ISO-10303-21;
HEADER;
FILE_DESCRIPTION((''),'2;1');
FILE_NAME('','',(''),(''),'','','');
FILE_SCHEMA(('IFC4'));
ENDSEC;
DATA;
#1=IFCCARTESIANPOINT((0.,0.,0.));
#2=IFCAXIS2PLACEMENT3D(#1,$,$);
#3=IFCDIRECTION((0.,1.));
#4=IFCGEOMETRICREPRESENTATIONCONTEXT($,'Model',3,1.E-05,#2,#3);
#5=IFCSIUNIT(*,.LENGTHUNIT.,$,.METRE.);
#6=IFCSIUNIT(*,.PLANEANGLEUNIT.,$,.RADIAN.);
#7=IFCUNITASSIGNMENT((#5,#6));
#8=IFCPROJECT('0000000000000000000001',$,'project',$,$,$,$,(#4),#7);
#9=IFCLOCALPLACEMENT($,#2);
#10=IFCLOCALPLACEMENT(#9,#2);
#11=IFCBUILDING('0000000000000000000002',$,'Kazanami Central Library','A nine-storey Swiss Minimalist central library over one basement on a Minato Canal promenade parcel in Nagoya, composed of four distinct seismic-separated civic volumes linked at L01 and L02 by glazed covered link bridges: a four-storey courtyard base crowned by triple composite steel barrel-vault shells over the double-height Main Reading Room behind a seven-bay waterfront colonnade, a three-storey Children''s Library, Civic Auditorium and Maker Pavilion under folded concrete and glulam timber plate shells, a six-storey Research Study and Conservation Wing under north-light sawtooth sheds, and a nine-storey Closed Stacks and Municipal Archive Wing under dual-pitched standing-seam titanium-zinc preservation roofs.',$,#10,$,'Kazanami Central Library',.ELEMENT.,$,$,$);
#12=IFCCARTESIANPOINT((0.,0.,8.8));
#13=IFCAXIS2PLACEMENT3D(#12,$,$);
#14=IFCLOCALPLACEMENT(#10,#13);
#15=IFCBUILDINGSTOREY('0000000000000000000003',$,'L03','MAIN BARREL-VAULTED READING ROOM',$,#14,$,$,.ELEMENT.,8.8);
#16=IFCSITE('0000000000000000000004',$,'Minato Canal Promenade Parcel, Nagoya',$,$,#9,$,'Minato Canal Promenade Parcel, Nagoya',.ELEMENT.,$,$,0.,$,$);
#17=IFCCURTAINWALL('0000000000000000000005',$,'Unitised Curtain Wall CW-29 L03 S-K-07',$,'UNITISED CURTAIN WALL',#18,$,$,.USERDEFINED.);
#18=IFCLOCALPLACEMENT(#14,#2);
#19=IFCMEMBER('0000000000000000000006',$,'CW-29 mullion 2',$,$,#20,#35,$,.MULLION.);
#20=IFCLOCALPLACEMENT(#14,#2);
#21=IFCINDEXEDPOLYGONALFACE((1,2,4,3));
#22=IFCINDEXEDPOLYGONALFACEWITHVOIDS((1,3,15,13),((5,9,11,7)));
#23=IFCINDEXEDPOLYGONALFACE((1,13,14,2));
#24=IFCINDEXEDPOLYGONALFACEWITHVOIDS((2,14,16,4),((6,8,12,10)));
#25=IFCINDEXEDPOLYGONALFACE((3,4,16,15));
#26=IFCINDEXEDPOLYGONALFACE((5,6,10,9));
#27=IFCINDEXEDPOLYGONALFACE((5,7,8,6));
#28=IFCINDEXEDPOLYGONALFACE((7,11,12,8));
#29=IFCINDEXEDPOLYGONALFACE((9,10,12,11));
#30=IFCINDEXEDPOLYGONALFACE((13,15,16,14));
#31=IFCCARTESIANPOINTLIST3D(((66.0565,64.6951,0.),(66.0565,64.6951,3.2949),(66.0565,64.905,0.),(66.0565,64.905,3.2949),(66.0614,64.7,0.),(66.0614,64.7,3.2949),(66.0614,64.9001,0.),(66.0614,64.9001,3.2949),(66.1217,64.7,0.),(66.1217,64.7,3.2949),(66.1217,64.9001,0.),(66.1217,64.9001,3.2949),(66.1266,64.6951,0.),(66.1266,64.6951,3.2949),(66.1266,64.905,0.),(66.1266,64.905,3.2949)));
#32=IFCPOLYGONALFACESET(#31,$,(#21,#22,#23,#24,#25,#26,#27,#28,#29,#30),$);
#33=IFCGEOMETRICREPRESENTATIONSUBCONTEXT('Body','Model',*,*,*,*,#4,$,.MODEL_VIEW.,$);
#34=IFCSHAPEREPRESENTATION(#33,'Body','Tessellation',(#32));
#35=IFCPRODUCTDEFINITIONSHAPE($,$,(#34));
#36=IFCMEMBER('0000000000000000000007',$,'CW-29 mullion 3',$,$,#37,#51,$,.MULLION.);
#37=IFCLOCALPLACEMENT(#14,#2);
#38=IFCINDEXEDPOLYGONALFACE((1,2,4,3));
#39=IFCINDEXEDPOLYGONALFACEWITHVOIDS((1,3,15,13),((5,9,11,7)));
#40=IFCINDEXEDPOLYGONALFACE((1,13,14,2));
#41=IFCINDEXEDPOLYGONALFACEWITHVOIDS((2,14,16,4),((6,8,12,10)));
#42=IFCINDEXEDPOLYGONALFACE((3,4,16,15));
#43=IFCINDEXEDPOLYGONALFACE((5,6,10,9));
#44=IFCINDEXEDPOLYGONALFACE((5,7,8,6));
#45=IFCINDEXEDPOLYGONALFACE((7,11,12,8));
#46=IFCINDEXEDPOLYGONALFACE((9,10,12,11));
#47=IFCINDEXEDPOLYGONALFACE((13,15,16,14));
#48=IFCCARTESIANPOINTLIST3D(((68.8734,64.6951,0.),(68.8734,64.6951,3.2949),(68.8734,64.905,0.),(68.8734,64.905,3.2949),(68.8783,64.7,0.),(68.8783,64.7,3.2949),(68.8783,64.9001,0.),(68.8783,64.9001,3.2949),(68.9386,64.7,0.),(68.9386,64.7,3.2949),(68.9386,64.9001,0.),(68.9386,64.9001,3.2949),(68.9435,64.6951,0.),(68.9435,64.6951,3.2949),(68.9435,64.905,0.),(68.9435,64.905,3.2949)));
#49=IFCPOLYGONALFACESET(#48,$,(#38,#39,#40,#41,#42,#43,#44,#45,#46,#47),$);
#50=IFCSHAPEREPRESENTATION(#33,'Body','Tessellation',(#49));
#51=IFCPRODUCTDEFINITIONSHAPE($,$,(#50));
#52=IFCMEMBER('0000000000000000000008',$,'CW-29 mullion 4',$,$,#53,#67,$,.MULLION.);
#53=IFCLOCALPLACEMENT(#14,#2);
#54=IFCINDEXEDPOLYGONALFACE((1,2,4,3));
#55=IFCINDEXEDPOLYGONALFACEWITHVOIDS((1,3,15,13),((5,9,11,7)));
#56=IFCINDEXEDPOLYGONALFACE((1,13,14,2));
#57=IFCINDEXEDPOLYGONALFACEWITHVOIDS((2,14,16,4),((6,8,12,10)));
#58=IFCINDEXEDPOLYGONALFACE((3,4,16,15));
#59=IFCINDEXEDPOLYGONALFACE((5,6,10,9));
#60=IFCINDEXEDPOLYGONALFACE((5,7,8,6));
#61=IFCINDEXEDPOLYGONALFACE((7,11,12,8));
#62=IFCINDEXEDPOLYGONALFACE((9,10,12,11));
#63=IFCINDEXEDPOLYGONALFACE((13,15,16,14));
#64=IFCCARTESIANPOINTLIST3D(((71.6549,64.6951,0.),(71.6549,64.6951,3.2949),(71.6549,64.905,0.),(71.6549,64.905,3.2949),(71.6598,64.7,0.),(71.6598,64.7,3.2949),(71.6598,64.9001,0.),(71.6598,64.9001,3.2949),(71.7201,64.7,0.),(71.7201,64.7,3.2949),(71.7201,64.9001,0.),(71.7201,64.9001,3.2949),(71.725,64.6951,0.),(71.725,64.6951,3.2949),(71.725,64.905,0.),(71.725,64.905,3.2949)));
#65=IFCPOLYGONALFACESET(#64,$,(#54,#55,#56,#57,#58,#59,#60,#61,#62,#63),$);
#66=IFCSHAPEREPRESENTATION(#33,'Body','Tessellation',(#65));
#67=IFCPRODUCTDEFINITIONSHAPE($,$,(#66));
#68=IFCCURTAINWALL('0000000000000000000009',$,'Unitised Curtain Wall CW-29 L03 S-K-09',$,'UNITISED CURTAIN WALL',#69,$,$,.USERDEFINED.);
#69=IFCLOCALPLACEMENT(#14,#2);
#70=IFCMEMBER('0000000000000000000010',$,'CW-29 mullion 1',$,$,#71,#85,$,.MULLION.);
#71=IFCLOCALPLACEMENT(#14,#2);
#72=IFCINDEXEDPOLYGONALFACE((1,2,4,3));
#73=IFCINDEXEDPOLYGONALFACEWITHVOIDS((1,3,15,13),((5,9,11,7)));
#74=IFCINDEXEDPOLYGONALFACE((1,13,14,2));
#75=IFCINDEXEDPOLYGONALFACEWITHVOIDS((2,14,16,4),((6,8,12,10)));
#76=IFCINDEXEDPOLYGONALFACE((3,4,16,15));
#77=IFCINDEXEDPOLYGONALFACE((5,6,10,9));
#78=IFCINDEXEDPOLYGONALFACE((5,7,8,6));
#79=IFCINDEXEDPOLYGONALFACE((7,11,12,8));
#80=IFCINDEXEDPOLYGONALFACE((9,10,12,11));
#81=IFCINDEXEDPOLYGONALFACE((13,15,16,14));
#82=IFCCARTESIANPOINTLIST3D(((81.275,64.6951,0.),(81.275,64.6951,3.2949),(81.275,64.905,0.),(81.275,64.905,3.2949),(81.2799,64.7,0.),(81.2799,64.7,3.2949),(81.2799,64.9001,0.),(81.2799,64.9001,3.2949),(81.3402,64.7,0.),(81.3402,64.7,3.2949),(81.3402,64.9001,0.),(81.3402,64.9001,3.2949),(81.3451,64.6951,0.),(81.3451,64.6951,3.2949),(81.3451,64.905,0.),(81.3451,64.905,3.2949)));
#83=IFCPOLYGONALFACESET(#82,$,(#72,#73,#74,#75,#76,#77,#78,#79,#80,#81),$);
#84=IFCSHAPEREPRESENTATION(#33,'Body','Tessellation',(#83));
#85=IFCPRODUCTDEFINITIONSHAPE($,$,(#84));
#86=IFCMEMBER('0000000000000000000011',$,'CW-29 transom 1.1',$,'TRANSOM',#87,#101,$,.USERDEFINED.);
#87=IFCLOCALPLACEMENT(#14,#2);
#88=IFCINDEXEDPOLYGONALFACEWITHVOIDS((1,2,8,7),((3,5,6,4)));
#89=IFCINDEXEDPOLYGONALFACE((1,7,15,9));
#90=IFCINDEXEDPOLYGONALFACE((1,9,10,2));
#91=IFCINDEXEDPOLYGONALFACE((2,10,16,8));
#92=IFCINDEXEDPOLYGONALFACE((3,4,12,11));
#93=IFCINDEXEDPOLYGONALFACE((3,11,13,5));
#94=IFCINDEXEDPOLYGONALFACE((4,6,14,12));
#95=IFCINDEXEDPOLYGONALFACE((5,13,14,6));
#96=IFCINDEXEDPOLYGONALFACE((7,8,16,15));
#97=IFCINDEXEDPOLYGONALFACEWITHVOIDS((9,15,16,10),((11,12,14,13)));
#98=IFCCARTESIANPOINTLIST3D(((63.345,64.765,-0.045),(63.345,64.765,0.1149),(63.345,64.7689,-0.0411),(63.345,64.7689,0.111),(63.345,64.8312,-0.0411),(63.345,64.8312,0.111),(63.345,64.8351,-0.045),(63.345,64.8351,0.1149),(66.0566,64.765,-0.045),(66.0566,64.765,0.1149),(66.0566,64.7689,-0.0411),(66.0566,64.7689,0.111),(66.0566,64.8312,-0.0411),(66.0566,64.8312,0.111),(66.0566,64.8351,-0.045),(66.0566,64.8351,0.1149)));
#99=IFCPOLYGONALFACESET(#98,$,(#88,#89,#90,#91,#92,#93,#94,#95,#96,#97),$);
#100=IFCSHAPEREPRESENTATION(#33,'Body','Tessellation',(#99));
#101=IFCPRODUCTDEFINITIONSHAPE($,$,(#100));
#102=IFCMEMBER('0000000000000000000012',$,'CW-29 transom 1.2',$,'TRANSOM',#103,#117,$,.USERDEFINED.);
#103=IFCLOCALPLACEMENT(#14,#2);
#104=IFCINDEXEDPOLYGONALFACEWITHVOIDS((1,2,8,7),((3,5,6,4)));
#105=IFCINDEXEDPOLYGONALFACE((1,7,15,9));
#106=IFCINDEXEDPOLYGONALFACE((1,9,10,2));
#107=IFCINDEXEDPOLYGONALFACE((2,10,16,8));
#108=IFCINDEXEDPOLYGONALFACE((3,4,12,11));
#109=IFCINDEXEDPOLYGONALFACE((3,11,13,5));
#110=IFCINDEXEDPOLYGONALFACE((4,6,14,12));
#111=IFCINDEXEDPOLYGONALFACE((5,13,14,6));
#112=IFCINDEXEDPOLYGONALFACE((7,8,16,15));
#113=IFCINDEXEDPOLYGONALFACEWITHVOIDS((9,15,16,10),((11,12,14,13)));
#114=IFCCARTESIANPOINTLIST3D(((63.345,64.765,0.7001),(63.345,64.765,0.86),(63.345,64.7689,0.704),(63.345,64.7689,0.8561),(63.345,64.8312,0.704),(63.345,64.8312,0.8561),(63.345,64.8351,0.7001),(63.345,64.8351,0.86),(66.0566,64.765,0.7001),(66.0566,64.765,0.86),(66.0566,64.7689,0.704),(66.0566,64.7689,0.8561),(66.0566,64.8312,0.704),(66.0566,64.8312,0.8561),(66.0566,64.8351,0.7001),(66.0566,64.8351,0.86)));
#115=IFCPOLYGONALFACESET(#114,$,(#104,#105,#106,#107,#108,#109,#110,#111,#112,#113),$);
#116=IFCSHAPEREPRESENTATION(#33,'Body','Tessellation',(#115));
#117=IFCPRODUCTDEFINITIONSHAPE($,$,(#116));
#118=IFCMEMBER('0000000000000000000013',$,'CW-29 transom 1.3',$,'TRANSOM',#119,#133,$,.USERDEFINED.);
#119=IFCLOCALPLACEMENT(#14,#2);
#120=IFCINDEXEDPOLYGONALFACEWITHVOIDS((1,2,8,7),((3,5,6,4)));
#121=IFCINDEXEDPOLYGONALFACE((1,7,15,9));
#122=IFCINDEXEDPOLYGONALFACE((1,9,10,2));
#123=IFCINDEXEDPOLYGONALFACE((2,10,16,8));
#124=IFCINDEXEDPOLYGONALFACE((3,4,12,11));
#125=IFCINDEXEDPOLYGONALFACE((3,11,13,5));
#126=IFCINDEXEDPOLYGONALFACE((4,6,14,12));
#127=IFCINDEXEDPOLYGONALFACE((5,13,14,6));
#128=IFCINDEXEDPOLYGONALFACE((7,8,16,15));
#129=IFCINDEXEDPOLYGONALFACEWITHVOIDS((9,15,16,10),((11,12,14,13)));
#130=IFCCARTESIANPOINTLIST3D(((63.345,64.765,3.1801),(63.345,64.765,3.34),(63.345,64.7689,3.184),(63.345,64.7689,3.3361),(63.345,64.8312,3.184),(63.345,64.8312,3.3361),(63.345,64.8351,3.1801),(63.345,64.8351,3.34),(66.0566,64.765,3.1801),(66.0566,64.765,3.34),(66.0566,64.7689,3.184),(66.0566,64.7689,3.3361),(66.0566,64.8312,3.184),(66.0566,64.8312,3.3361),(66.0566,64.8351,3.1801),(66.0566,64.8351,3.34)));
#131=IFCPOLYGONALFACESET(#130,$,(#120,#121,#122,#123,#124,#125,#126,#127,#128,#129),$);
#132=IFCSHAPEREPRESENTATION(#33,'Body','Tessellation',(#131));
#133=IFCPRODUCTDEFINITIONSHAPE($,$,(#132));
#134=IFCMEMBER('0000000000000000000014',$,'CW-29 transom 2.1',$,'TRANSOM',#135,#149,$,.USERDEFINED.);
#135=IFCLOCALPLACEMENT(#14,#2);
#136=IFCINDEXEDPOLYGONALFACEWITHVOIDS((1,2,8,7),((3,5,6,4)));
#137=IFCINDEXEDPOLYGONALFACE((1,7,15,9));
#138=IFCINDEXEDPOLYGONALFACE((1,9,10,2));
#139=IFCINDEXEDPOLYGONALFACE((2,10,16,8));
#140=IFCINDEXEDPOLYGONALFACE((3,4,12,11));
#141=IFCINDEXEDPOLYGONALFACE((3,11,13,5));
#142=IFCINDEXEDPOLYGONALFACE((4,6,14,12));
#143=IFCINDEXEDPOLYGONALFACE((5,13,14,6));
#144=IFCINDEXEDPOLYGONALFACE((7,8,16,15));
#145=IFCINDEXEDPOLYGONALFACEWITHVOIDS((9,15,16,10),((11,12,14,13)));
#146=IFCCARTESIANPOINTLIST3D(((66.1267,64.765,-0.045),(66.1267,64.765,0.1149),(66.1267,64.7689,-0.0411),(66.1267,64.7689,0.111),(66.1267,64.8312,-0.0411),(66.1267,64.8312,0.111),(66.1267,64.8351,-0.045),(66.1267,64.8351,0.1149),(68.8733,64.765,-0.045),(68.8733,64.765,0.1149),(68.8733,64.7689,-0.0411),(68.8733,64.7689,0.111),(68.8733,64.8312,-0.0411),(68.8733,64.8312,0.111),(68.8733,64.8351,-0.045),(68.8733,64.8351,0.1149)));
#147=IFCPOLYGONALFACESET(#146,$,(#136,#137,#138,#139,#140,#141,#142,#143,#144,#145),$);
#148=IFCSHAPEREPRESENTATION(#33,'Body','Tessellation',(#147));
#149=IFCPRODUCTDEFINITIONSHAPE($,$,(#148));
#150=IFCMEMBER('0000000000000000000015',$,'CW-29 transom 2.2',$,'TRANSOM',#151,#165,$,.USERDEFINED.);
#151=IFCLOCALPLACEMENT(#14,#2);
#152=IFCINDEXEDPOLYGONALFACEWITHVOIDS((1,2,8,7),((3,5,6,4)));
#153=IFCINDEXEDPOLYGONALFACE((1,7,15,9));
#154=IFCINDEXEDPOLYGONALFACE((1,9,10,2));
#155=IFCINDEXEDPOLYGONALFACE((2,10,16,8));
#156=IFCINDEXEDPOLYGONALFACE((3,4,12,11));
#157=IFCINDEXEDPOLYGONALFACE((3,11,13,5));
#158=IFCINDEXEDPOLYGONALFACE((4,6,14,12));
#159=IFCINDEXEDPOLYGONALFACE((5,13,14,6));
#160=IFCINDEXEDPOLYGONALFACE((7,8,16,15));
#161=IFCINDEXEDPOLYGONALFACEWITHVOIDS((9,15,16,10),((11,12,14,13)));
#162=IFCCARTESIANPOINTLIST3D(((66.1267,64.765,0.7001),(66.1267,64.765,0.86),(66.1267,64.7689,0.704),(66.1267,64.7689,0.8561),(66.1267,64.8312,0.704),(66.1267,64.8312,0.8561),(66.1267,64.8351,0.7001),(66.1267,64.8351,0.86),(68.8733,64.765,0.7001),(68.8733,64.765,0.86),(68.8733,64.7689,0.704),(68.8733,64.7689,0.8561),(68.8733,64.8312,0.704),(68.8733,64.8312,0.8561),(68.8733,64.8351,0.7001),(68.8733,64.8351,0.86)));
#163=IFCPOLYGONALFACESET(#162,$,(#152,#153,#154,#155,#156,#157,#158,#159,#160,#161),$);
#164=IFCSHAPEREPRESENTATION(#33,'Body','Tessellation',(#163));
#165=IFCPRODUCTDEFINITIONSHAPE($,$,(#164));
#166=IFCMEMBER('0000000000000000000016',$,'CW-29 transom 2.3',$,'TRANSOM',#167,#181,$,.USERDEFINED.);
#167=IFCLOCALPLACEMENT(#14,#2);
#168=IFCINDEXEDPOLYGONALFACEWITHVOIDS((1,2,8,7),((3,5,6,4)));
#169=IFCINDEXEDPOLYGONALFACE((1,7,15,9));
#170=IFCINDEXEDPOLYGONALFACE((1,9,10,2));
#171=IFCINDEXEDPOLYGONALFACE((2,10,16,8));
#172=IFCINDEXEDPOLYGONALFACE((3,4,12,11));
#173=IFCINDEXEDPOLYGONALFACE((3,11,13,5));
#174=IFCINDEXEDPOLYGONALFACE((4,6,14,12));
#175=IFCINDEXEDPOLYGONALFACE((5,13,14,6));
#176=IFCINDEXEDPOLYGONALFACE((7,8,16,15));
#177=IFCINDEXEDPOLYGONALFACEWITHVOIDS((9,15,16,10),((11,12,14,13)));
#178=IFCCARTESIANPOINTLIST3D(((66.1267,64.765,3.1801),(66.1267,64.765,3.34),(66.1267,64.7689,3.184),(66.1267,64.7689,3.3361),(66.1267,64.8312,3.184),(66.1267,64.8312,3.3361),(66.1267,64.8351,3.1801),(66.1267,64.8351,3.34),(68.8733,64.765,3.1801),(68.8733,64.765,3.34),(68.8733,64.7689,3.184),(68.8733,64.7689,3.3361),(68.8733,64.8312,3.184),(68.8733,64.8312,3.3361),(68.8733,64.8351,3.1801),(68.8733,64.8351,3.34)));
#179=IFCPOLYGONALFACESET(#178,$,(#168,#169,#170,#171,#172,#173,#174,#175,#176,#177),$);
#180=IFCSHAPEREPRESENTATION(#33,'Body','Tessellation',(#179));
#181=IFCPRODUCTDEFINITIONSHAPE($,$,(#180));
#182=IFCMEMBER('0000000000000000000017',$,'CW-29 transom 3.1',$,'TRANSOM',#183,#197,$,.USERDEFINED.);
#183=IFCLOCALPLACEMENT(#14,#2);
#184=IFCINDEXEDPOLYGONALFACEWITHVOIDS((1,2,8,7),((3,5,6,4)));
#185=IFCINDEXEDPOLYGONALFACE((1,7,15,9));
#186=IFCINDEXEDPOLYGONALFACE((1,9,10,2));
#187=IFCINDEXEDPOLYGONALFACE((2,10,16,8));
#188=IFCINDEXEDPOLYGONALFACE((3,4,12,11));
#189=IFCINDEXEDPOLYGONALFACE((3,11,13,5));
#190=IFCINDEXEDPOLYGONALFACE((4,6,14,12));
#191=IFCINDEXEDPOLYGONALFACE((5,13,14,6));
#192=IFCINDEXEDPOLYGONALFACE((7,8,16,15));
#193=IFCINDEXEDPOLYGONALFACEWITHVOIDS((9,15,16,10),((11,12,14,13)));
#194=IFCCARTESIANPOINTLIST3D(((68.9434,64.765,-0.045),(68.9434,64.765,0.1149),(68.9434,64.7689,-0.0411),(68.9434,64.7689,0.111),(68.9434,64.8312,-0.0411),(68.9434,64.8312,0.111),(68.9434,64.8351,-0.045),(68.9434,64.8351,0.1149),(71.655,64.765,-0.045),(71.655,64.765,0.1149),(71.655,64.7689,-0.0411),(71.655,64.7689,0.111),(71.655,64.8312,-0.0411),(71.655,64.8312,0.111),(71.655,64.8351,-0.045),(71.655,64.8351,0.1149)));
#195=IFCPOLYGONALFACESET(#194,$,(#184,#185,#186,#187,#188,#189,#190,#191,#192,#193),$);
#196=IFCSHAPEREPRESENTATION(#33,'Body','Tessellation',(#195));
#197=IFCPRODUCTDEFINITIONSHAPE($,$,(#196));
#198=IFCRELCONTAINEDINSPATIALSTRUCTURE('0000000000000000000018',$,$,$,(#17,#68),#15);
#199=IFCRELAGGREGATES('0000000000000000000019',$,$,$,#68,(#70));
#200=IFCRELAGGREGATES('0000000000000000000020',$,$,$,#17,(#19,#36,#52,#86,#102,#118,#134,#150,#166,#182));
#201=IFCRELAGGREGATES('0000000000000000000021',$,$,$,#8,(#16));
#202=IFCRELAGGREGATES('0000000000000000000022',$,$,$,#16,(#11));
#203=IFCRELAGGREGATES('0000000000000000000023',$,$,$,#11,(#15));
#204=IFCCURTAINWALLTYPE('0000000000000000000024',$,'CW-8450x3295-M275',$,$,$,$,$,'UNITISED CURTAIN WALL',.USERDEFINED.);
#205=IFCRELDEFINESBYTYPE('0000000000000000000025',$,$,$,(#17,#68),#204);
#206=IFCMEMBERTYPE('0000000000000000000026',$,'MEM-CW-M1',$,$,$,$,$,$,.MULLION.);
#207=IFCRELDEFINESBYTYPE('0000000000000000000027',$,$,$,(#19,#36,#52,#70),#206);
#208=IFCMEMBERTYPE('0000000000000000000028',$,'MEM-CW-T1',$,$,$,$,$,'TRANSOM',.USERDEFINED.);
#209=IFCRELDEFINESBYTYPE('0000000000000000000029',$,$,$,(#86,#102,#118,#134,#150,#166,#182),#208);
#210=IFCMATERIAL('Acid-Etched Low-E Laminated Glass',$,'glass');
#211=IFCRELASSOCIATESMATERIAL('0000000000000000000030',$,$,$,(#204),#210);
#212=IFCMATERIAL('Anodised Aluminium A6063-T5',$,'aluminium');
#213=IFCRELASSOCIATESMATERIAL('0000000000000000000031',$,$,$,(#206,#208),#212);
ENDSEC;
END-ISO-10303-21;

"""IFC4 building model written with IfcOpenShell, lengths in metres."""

from ifc_helpers import new_model, si_unit, direction, frame, origin, origin_2d, place, context, subcontext, project, spatial, hollow_rectangle, extrude, material, material_profile, profile_set, type_object, element, aggregate, save


model = new_model("IFC4")

# Units and contexts
model_context = context("Model", 3, precision=1e-05, world=origin(), true_north=direction((0.0, 1.0)))
body_context = subcontext(model_context, "Body", "Model", "MODEL_VIEW")
ifc_project = project(units=[si_unit("LENGTHUNIT", "METRE"), si_unit("PLANEANGLEUNIT", "RADIAN")], contexts=[model_context])

# Site, building, storey
site_placement = place(None, origin())
site = spatial("IfcSite", under=ifc_project, at=site_placement, Name="Minato Canal Promenade Parcel, Nagoya", LongName="Minato Canal Promenade Parcel, Nagoya", CompositionType="ELEMENT", RefElevation=0.0)
building_placement = place(site_placement, origin())
building = spatial("IfcBuilding", under=site, at=building_placement, Name="Kazanami Central Library", Description="A nine-storey Swiss Minimalist central library over one basement on a Minato Canal promenade parcel in Nagoya, composed of four distinct seismic-separated civic volumes linked at L01 and L02 by glazed covered link bridges: a four-storey courtyard base crowned by triple composite steel barrel-vault shells over the double-height Main Reading Room behind a seven-bay waterfront colonnade, a three-storey Children's Library, Civic Auditorium and Maker Pavilion under folded concrete and glulam timber plate shells, a six-storey Research Study and Conservation Wing under north-light sawtooth sheds, and a nine-storey Closed Stacks and Municipal Archive Wing under dual-pitched standing-seam titanium-zinc preservation roofs.", LongName="Kazanami Central Library", CompositionType="ELEMENT")
storey_placement = place(building_placement, frame((0.0, 0.0, 8.8)))
storey = spatial("IfcBuildingStorey", under=building, at=storey_placement, Name="L03", Description="MAIN BARREL-VAULTED READING ROOM", CompositionType="ELEMENT", Elevation=8.8)

# Curtain wall, members
ifc_material_1 = material(Name="Acid-Etched Low-E Laminated Glass", Category="glass")
curtain_wall_type = type_object("IfcCurtainWallType", Name="CW-8450x3295-M275", ElementType="UNITISED CURTAIN WALL", PredefinedType="USERDEFINED", material=ifc_material_1)
curtain_wall_1_placement = place(storey_placement, origin())
curtain_wall_1 = element("IfcCurtainWall", 1, at=curtain_wall_1_placement, inside=storey, type_object=curtain_wall_type, Name="Unitised Curtain Wall CW-29 L03 S-K-07", ObjectType="UNITISED CURTAIN WALL", PredefinedType="USERDEFINED")
ifc_material_2 = material(Name="Anodised Aluminium A6063-T5", Category="aluminium")
ifc_material_profile_1 = material_profile(ifc_material_2, hollow_rectangle(XDim=0.0701, YDim=0.21, WallThickness=0.0049, at=origin_2d()), Name="ALU-MULL-70x210x5")
ifc_profile_set_1 = profile_set([ifc_material_profile_1], Name="Anodised Aluminium A6063-T5")
member_type_1 = type_object("IfcMemberType", Name="MEM-CW-M1", PredefinedType="MULLION", material=ifc_profile_set_1)
member_1_placement = place(storey_placement, frame((66.0916, 64.8, 0.0), z_axis=(0.0, 0.0, 1.0), x_axis=(1.0, 0.0, 0.0)))
member_1 = element("IfcMember", 2, at=member_1_placement, type_object=member_type_1, Name="CW-29 mullion 2", PredefinedType="MULLION", context=body_context, shape_type="SweptSolid", body=[
    extrude(hollow_rectangle(XDim=0.0701, YDim=0.21, WallThickness=0.0049, at=origin_2d()), origin(), (0.0, 0.0, 1.0), 3.2949),
])
member_2_placement = place(storey_placement, frame((68.9084, 64.8, 0.0), z_axis=(0.0, 0.0, 1.0), x_axis=(1.0, 0.0, 0.0)))
member_2 = element("IfcMember", 3, at=member_2_placement, type_object=member_type_1, Name="CW-29 mullion 3", PredefinedType="MULLION", context=body_context, shape_type="SweptSolid", body=[
    extrude(hollow_rectangle(XDim=0.0701, YDim=0.21, WallThickness=0.0049, at=origin_2d()), origin(), (0.0, 0.0, 1.0), 3.2949),
])
member_3_placement = place(storey_placement, frame((71.6899, 64.8, 0.0), z_axis=(0.0, 0.0, 1.0), x_axis=(1.0, 0.0, 0.0)))
member_3 = element("IfcMember", 4, at=member_3_placement, type_object=member_type_1, Name="CW-29 mullion 4", PredefinedType="MULLION", context=body_context, shape_type="SweptSolid", body=[
    extrude(hollow_rectangle(XDim=0.0701, YDim=0.21, WallThickness=0.0049, at=origin_2d()), origin(), (0.0, 0.0, 1.0), 3.2949),
])

# Curtain wall, member
curtain_wall_2_placement = place(storey_placement, origin())
curtain_wall_2 = element("IfcCurtainWall", 5, at=curtain_wall_2_placement, inside=storey, type_object=curtain_wall_type, Name="Unitised Curtain Wall CW-29 L03 S-K-09", ObjectType="UNITISED CURTAIN WALL", PredefinedType="USERDEFINED")
member_4_placement = place(storey_placement, frame((81.3101, 64.8, 0.0), z_axis=(0.0, 0.0, 1.0), x_axis=(1.0, 0.0, 0.0)))
member_4 = element("IfcMember", 6, at=member_4_placement, type_object=member_type_1, Name="CW-29 mullion 1", PredefinedType="MULLION", context=body_context, shape_type="SweptSolid", body=[
    extrude(hollow_rectangle(XDim=0.0701, YDim=0.21, WallThickness=0.0049, at=origin_2d()), origin(), (0.0, 0.0, 1.0), 3.2949),
])

# Members
ifc_material_profile_2 = material_profile(ifc_material_2, hollow_rectangle(XDim=0.0701, YDim=0.1599, WallThickness=0.0039, at=origin_2d()), Name="ALU-TRAN-70x160x4")
ifc_profile_set_2 = profile_set([ifc_material_profile_2], Name="Anodised Aluminium A6063-T5")
member_type_2 = type_object("IfcMemberType", Name="MEM-CW-T1", ElementType="TRANSOM", PredefinedType="USERDEFINED", material=ifc_profile_set_2)
member_5_placement = place(storey_placement, frame((63.345, 64.8, 0.0349), z_axis=(1.0, 0.0, 0.0), x_axis=(0.0, 1.0, 0.0)))
member_5 = element("IfcMember", 7, at=member_5_placement, type_object=member_type_2, Name="CW-29 transom 1.1", ObjectType="TRANSOM", PredefinedType="USERDEFINED", context=body_context, shape_type="SweptSolid", body=[
    extrude(hollow_rectangle(XDim=0.0701, YDim=0.1599, WallThickness=0.0039, at=origin_2d()), origin(), (0.0, 0.0, 1.0), 2.7117),
])
member_6_placement = place(storey_placement, frame((63.345, 64.8, 0.78), z_axis=(1.0, 0.0, 0.0), x_axis=(0.0, 1.0, 0.0)))
member_6 = element("IfcMember", 8, at=member_6_placement, type_object=member_type_2, Name="CW-29 transom 1.2", ObjectType="TRANSOM", PredefinedType="USERDEFINED", context=body_context, shape_type="SweptSolid", body=[
    extrude(hollow_rectangle(XDim=0.0701, YDim=0.1599, WallThickness=0.0039, at=origin_2d()), origin(), (0.0, 0.0, 1.0), 2.7117),
])
member_7_placement = place(storey_placement, frame((63.345, 64.8, 3.26), z_axis=(1.0, 0.0, 0.0), x_axis=(0.0, 1.0, 0.0)))
member_7 = element("IfcMember", 9, at=member_7_placement, type_object=member_type_2, Name="CW-29 transom 1.3", ObjectType="TRANSOM", PredefinedType="USERDEFINED", context=body_context, shape_type="SweptSolid", body=[
    extrude(hollow_rectangle(XDim=0.0701, YDim=0.1599, WallThickness=0.0039, at=origin_2d()), origin(), (0.0, 0.0, 1.0), 2.7117),
])
member_8_placement = place(storey_placement, frame((66.1267, 64.8, 0.0349), z_axis=(1.0, 0.0, 0.0), x_axis=(0.0, 1.0, 0.0)))
member_8 = element("IfcMember", 10, at=member_8_placement, type_object=member_type_2, Name="CW-29 transom 2.1", ObjectType="TRANSOM", PredefinedType="USERDEFINED", context=body_context, shape_type="SweptSolid", body=[
    extrude(hollow_rectangle(XDim=0.0701, YDim=0.1599, WallThickness=0.0039, at=origin_2d()), origin(), (0.0, 0.0, 1.0), 2.7466),
])
member_9_placement = place(storey_placement, frame((66.1267, 64.8, 0.78), z_axis=(1.0, 0.0, 0.0), x_axis=(0.0, 1.0, 0.0)))
member_9 = element("IfcMember", 11, at=member_9_placement, type_object=member_type_2, Name="CW-29 transom 2.2", ObjectType="TRANSOM", PredefinedType="USERDEFINED", context=body_context, shape_type="SweptSolid", body=[
    extrude(hollow_rectangle(XDim=0.0701, YDim=0.1599, WallThickness=0.0039, at=origin_2d()), origin(), (0.0, 0.0, 1.0), 2.7466),
])
member_10_placement = place(storey_placement, frame((66.1267, 64.8, 3.26), z_axis=(1.0, 0.0, 0.0), x_axis=(0.0, 1.0, 0.0)))
member_10 = element("IfcMember", 12, at=member_10_placement, type_object=member_type_2, Name="CW-29 transom 2.3", ObjectType="TRANSOM", PredefinedType="USERDEFINED", context=body_context, shape_type="SweptSolid", body=[
    extrude(hollow_rectangle(XDim=0.0701, YDim=0.1599, WallThickness=0.0039, at=origin_2d()), origin(), (0.0, 0.0, 1.0), 2.7466),
])
member_11_placement = place(storey_placement, frame((68.9434, 64.8, 0.0349), z_axis=(1.0, 0.0, 0.0), x_axis=(0.0, 1.0, 0.0)))
member_11 = element("IfcMember", 13, at=member_11_placement, type_object=member_type_2, Name="CW-29 transom 3.1", ObjectType="TRANSOM", PredefinedType="USERDEFINED", context=body_context, shape_type="SweptSolid", body=[
    extrude(hollow_rectangle(XDim=0.0701, YDim=0.1599, WallThickness=0.0039, at=origin_2d()), origin(), (0.0, 0.0, 1.0), 2.7117),
])
aggregate(curtain_wall_2, [member_4])

aggregate(curtain_wall_1, [member_1, member_2, member_3, member_5, member_6, member_7, member_8, member_9, member_10, member_11])

save(model, "model.ifc")
